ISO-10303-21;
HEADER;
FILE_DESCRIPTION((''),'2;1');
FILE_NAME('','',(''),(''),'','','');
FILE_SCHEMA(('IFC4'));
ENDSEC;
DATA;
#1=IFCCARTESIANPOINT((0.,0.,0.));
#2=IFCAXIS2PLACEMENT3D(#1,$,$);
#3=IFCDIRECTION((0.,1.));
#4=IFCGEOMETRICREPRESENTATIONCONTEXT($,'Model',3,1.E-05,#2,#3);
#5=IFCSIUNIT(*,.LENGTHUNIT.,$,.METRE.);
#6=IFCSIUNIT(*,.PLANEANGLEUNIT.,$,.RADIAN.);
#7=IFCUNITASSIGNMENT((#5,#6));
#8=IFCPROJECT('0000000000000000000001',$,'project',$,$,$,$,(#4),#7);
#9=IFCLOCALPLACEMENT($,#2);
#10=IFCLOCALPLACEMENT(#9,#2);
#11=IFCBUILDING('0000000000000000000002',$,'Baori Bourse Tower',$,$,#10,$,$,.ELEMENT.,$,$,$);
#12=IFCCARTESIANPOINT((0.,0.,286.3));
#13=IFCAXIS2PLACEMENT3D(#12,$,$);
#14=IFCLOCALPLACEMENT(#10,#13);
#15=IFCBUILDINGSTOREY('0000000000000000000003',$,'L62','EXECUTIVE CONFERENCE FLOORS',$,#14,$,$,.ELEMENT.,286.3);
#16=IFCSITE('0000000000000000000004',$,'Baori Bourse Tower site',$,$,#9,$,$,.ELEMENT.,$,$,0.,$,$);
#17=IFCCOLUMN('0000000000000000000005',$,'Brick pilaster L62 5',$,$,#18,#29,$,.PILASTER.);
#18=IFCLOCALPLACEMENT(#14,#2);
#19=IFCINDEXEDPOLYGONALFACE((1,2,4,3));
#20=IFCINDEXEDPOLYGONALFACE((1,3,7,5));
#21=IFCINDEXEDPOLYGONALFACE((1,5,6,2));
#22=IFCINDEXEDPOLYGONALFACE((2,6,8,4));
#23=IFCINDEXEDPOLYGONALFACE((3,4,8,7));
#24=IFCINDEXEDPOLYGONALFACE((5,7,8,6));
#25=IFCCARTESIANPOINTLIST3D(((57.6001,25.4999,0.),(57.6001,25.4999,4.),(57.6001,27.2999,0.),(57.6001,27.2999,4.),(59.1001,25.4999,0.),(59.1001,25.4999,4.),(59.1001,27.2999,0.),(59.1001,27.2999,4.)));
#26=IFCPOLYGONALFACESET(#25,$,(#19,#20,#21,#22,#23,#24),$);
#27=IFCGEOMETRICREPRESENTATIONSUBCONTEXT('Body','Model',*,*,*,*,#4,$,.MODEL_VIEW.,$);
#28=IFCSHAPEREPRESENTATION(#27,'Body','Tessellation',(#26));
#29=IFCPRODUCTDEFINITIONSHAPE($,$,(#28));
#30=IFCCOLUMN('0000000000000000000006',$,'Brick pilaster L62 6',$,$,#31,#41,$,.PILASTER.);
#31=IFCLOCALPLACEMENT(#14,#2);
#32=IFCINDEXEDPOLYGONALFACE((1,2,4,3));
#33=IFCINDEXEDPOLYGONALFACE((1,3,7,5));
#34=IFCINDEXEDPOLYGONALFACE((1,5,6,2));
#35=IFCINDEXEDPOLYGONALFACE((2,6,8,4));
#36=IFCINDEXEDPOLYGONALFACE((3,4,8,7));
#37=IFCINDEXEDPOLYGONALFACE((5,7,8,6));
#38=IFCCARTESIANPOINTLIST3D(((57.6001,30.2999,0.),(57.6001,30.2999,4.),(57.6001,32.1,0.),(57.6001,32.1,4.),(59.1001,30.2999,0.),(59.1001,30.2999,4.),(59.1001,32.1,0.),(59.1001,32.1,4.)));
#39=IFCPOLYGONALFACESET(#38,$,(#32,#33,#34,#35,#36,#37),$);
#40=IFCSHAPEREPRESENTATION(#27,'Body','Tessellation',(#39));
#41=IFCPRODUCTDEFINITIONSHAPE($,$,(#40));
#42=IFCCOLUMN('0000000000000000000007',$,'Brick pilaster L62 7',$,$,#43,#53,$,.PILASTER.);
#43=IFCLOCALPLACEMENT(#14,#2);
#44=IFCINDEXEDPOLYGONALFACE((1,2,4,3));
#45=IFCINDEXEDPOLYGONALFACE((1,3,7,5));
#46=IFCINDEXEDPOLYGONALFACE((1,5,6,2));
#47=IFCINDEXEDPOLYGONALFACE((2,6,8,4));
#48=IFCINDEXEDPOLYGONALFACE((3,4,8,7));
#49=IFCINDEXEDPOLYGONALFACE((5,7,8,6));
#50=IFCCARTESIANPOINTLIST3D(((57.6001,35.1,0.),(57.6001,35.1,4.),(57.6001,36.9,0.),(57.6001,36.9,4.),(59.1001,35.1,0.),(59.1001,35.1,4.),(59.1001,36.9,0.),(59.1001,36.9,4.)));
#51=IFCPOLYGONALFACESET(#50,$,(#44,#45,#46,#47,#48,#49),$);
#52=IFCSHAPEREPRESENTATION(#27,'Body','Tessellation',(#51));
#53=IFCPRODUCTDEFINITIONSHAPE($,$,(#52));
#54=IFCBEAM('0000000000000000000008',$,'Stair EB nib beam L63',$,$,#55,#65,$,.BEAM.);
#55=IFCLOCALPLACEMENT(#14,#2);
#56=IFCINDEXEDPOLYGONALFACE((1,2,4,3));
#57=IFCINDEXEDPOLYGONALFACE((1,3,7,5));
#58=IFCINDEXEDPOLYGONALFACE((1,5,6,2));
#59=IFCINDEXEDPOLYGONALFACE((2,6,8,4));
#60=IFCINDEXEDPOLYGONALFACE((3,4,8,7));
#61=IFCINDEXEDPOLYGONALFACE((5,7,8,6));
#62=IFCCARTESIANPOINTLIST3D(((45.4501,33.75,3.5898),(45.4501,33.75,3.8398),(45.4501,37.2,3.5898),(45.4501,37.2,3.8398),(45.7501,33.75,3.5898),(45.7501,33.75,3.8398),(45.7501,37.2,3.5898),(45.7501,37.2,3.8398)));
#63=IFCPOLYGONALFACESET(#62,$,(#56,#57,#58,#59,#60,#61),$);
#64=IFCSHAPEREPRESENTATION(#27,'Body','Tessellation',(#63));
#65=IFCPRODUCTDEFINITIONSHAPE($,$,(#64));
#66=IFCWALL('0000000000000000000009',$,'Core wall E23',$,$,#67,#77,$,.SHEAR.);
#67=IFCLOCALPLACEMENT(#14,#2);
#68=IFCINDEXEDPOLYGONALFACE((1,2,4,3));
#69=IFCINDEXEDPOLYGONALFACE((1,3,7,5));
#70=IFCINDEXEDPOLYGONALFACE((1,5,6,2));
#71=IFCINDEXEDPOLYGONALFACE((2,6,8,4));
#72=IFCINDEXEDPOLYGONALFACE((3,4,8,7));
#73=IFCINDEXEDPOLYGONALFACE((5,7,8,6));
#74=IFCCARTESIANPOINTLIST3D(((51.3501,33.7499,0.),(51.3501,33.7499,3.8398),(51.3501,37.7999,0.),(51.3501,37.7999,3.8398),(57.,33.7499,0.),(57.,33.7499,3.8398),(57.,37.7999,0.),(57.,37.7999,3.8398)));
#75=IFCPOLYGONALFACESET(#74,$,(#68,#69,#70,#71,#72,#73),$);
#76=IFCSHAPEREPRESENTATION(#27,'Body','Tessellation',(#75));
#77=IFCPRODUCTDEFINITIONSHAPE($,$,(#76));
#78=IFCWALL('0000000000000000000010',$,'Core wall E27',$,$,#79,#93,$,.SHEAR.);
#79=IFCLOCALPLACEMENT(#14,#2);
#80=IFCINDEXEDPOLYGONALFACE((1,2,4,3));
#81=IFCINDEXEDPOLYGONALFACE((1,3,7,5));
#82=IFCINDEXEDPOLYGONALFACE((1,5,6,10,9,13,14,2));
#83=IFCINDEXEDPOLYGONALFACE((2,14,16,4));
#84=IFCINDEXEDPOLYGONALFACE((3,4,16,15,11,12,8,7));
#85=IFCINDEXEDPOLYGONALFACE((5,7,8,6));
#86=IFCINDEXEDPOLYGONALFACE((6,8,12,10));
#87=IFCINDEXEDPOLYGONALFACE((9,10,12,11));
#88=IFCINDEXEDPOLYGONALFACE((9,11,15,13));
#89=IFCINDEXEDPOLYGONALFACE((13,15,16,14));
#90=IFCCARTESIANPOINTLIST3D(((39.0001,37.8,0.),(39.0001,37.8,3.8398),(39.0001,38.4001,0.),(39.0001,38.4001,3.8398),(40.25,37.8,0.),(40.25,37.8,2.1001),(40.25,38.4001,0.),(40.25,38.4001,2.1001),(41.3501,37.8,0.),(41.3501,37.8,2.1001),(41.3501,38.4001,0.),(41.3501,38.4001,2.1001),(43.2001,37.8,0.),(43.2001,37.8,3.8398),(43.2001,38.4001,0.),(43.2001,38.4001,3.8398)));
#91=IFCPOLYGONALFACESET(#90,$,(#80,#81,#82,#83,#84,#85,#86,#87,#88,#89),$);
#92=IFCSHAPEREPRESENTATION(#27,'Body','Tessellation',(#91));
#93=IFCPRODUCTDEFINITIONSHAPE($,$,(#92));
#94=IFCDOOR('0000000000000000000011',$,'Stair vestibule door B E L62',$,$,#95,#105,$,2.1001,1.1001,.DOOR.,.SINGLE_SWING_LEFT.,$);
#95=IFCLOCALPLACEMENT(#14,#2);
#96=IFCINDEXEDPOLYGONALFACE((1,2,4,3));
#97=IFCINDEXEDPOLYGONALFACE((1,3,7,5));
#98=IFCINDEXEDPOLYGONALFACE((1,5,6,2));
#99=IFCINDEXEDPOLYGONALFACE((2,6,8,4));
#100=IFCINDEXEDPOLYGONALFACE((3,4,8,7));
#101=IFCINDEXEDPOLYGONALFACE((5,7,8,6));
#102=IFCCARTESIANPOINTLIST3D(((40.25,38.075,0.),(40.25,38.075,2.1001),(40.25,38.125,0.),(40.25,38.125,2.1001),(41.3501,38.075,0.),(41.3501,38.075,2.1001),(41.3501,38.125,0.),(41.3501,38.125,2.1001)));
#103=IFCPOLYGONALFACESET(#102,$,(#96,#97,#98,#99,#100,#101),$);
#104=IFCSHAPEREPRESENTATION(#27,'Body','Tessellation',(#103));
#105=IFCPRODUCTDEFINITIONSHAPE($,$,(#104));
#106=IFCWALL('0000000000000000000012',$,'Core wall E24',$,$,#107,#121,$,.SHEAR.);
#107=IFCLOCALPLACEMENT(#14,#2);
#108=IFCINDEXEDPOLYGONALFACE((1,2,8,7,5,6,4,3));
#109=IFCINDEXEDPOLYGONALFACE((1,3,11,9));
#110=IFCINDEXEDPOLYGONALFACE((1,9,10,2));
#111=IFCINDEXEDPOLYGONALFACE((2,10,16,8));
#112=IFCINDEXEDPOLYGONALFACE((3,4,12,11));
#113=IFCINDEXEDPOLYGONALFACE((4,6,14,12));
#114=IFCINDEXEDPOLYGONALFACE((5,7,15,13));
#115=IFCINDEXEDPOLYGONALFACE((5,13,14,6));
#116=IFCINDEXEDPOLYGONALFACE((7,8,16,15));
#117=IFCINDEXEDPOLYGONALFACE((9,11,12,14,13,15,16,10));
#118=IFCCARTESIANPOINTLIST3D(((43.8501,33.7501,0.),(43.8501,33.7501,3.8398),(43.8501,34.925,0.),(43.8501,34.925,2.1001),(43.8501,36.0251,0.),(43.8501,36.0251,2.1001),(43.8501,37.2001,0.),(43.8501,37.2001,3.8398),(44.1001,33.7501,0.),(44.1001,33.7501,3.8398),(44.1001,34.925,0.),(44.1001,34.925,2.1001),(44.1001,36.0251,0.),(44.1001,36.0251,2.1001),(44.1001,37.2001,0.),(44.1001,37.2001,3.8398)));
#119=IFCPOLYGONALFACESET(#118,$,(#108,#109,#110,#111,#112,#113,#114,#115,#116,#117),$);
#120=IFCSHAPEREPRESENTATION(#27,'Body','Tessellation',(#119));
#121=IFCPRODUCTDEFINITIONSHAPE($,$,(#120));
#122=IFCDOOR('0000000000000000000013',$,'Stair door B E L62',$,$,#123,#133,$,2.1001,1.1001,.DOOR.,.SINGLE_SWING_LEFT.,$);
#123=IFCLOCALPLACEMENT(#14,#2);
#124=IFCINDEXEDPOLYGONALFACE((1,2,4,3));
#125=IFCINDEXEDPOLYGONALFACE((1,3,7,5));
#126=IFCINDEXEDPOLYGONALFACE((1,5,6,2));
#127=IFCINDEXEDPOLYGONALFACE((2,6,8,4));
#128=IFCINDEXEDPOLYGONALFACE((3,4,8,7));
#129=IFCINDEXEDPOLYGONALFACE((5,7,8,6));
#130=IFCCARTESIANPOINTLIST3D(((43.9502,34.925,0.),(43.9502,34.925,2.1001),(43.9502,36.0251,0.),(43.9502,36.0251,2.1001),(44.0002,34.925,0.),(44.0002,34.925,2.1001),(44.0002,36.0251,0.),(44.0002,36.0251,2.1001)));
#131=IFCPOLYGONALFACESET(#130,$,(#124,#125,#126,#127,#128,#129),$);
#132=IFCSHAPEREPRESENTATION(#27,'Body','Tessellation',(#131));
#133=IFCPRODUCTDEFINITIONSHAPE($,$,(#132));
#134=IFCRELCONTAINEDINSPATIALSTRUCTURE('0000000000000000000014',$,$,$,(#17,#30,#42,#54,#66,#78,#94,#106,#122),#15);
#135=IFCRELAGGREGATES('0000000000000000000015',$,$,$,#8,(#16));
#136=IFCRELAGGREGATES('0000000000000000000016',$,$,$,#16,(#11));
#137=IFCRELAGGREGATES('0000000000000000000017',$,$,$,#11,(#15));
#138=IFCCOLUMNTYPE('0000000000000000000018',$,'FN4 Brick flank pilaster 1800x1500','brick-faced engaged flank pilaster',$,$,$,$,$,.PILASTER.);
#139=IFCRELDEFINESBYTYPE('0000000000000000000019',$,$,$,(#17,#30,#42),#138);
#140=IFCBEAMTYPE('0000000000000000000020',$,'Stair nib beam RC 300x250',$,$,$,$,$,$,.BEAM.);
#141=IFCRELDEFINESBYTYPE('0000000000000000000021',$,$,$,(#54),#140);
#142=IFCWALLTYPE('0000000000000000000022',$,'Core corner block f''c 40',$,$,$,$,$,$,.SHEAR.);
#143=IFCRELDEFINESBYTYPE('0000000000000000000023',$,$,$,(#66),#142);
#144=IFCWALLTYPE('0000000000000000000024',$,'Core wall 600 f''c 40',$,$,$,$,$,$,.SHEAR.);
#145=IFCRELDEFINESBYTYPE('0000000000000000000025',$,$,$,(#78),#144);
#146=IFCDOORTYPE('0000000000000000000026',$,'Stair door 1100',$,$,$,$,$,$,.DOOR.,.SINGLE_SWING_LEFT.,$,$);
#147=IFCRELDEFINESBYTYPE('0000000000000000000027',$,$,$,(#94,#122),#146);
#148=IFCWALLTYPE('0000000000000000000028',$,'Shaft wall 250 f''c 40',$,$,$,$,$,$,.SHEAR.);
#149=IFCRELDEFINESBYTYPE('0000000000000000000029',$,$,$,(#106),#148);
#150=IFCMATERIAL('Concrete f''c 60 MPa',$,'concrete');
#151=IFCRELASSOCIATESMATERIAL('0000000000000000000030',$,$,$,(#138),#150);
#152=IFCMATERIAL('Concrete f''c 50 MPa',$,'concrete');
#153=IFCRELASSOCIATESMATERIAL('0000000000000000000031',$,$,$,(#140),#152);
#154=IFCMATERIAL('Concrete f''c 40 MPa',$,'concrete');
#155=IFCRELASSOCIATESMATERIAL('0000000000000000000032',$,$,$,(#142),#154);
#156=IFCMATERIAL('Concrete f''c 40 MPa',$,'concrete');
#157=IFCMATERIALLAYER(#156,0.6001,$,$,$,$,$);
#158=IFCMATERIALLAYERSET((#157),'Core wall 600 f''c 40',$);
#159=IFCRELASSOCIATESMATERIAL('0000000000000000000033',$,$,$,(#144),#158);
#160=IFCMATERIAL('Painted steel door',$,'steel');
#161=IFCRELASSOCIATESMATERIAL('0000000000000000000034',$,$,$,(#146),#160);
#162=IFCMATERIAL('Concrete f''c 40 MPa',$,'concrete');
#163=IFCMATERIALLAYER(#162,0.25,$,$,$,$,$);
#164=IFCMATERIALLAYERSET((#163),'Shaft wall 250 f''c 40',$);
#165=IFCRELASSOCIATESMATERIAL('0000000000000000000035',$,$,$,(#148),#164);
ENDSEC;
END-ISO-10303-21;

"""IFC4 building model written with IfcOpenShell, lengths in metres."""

from ifc_helpers import new_model, si_unit, direction, frame, frame_2d, origin, origin_2d, place, context, subcontext, project, spatial, rectangle, extrude, material, layer, layer_set, material_profile, profile_set, type_object, element, fill, save


model = new_model("IFC4")

# Units and contexts
model_context = context("Model", 3, precision=1e-05, world=origin(), true_north=direction((0.0, 1.0)))
body_context = subcontext(model_context, "Body", "Model", "MODEL_VIEW")
ifc_project = project(units=[si_unit("LENGTHUNIT", "METRE"), si_unit("PLANEANGLEUNIT", "RADIAN")], contexts=[model_context])

# Site, building, storey
site_placement = place(None, origin())
site = spatial("IfcSite", under=ifc_project, at=site_placement, Name="Baori Bourse Tower site", CompositionType="ELEMENT", RefElevation=0.0)
building_placement = place(site_placement, origin())
building = spatial("IfcBuilding", under=site, at=building_placement, Name="Baori Bourse Tower", CompositionType="ELEMENT")
storey_placement = place(building_placement, frame((0.0, 0.0, 286.3)))
storey = spatial("IfcBuildingStorey", under=building, at=storey_placement, Name="L62", Description="EXECUTIVE CONFERENCE FLOORS", CompositionType="ELEMENT", Elevation=286.3)

# Columns
ifc_material_1 = material(Name="Concrete f'c 60 MPa", Category="concrete")
ifc_material_profile_1 = material_profile(ifc_material_1, rectangle(XDim=1.8, YDim=1.5, at=origin_2d()), Name="RC 1800x1500")
ifc_profile_set_1 = profile_set([ifc_material_profile_1], Name="Concrete f'c 60 MPa")
column_type = type_object("IfcColumnType", Name="FN4 Brick flank pilaster 1800x1500", Description="brick-faced engaged flank pilaster", PredefinedType="PILASTER", material=ifc_profile_set_1)
for number, where, z_axis, x_axis, name in (
    (1, (58.3501, 26.3999, 0.0), (0.0, 0.0, 1.0), (0.0, 1.0, 0.0), "Brick pilaster L62 5"),
    (2, (58.3501, 31.2, 0.0), (0.0, 0.0, 1.0), (0.0, 1.0, 0.0), "Brick pilaster L62 6"),
    (3, (58.3501, 36.0, 0.0), (0.0, 0.0, 1.0), (0.0, 1.0, 0.0), "Brick pilaster L62 7"),
):
    element("IfcColumn", number, at=place(storey_placement, frame(where, z_axis=z_axis, x_axis=x_axis)), inside=storey, type_object=column_type, Name=name, PredefinedType="PILASTER", context=body_context, shape_type="SweptSolid", body=[
        extrude(rectangle(XDim=1.8, YDim=1.5, at=origin_2d()), origin(), (0.0, 0.0, 1.0), 4.0),
    ])

# Beam
ifc_material_2 = material(Name="Concrete f'c 50 MPa", Category="concrete")
ifc_material_profile_2 = material_profile(ifc_material_2, rectangle(XDim=0.3, YDim=0.25, at=origin_2d()), Name="RC 300x250")
ifc_profile_set_2 = profile_set([ifc_material_profile_2], Name="Concrete f'c 50 MPa")
beam_type = type_object("IfcBeamType", Name="Stair nib beam RC 300x250", PredefinedType="BEAM", material=ifc_profile_set_2)
beam_placement = place(storey_placement, frame((45.6001, 33.75, 3.7148), z_axis=(0.0, 1.0, 0.0), x_axis=(-1.0, 0.0, 0.0)))
element("IfcBeam", 4, at=beam_placement, inside=storey, type_object=beam_type, Name="Stair EB nib beam L63", PredefinedType="BEAM", context=body_context, shape_type="SweptSolid", body=[
    extrude(rectangle(XDim=0.3, YDim=0.25, at=origin_2d()), origin(), (0.0, 0.0, 1.0), 3.45),
])

# Wall
ifc_material_3 = material(Name="Concrete f'c 40 MPa", Category="concrete")
wall_type_1 = type_object("IfcWallType", Name="Core corner block f'c 40", PredefinedType="SHEAR", material=ifc_material_3)
wall_1_placement = place(storey_placement, frame((51.3501, 35.7749, 0.0), z_axis=(0.0, 0.0, 1.0), x_axis=(1.0, 0.0, 0.0)))
element("IfcWall", 5, at=wall_1_placement, inside=storey, type_object=wall_type_1, Name="Core wall E23", PredefinedType="SHEAR", context=body_context, shape_type="SweptSolid", body=[
    extrude(rectangle(XDim=5.6499, YDim=4.05, at=frame_2d((2.825, 0.0))), origin(), (0.0, 0.0, 1.0), 3.8398),
])

# Walls, openings, doors
ifc_material_4 = material(Name="Concrete f'c 40 MPa", Category="concrete")
ifc_layer_1 = layer(ifc_material_4, 0.6001)
ifc_layer_set_1 = layer_set([ifc_layer_1], Name="Core wall 600 f'c 40")
wall_type_2 = type_object("IfcWallType", Name="Core wall 600 f'c 40", PredefinedType="SHEAR", material=ifc_layer_set_1)
wall_2_placement = place(storey_placement, frame((39.0, 38.1001, 0.0), z_axis=(0.0, 0.0, 1.0), x_axis=(1.0, 0.0, 0.0)))
wall_2 = element("IfcWall", 6, at=wall_2_placement, inside=storey, type_object=wall_type_2, Name="Core wall E27", PredefinedType="SHEAR", context=body_context, shape_type="SweptSolid", body=[
    extrude(rectangle(XDim=4.2, YDim=0.6001, at=frame_2d((2.1001, 0.0))), origin(), (0.0, 0.0, 1.0), 3.8398),
])
opening_1_placement = place(wall_2_placement, frame((1.25, 0.0, 0.0)))
opening_1 = element("IfcOpeningElement", 7, at=opening_1_placement, cuts=wall_2, PredefinedType="OPENING", context=body_context, shape_type="SweptSolid", body=[
    extrude(rectangle(XDim=1.1001, YDim=2.1001, at=frame_2d((0.55, 1.05))), frame((0.0, 0.3101, 0.0), z_axis=(0.0, -1.0, 0.0), x_axis=(1.0, 0.0, 0.0)), (0.0, 0.0, 1.0), 0.6201),
])
ifc_material_5 = material(Name="Painted steel door", Category="steel")
door_type_1 = type_object("IfcDoorType", Name="Stair door 1100", OperationType="SINGLE_SWING_LEFT", PredefinedType="DOOR", material=ifc_material_5)
door_1_placement = place(opening_1_placement, origin())
door_1 = element("IfcDoor", 8, at=door_1_placement, inside=storey, type_object=door_type_1, Name="Stair vestibule door B E L62", OperationType="SINGLE_SWING_LEFT", OverallHeight=2.1001, OverallWidth=1.1001, PredefinedType="DOOR", context=body_context, shape_type="SweptSolid", body=[
    extrude(rectangle(XDim=1.1001, YDim=2.1001, at=frame_2d((0.55, 1.05))), frame((0.0, 0.0249, 0.0), z_axis=(0.0, -1.0, 0.0), x_axis=(1.0, 0.0, 0.0)), (0.0, 0.0, 1.0), 0.05),
])
fill(opening_1, door_1)
ifc_material_6 = material(Name="Concrete f'c 40 MPa", Category="concrete")
ifc_layer_2 = layer(ifc_material_6, 0.25)
ifc_layer_set_2 = layer_set([ifc_layer_2], Name="Shaft wall 250 f'c 40")
wall_type_3 = type_object("IfcWallType", Name="Shaft wall 250 f'c 40", PredefinedType="SHEAR", material=ifc_layer_set_2)
wall_3_placement = place(storey_placement, frame((43.9751, 33.75, 0.0), z_axis=(0.0, 0.0, 1.0), x_axis=(0.0, 1.0, 0.0)))
wall_3 = element("IfcWall", 9, at=wall_3_placement, inside=storey, type_object=wall_type_3, Name="Core wall E24", PredefinedType="SHEAR", context=body_context, shape_type="SweptSolid", body=[
    extrude(rectangle(XDim=3.45, YDim=0.25, at=frame_2d((1.7251, 0.0))), origin(), (0.0, 0.0, 1.0), 3.8398),
])
opening_2_placement = place(wall_3_placement, frame((1.175, 0.0, 0.0)))
opening_2 = element("IfcOpeningElement", 10, at=opening_2_placement, cuts=wall_3, PredefinedType="OPENING", context=body_context, shape_type="SweptSolid", body=[
    extrude(rectangle(XDim=1.1001, YDim=2.1001, at=frame_2d((0.55, 1.05))), frame((0.0, 0.135, 0.0), z_axis=(0.0, -1.0, 0.0), x_axis=(1.0, 0.0, 0.0)), (0.0, 0.0, 1.0), 0.27),
])
door_2_placement = place(opening_2_placement, origin())
door_2 = element("IfcDoor", 11, at=door_2_placement, inside=storey, type_object=door_type_1, Name="Stair door B E L62", OperationType="SINGLE_SWING_LEFT", OverallHeight=2.1001, OverallWidth=1.1001, PredefinedType="DOOR", context=body_context, shape_type="SweptSolid", body=[
    extrude(rectangle(XDim=1.1001, YDim=2.1001, at=frame_2d((0.55, 1.05))), frame((0.0, 0.0249, 0.0), z_axis=(0.0, -1.0, 0.0), x_axis=(1.0, 0.0, 0.0)), (0.0, 0.0, 1.0), 0.05),
])
fill(opening_2, door_2)

save(model, "model.ifc")
